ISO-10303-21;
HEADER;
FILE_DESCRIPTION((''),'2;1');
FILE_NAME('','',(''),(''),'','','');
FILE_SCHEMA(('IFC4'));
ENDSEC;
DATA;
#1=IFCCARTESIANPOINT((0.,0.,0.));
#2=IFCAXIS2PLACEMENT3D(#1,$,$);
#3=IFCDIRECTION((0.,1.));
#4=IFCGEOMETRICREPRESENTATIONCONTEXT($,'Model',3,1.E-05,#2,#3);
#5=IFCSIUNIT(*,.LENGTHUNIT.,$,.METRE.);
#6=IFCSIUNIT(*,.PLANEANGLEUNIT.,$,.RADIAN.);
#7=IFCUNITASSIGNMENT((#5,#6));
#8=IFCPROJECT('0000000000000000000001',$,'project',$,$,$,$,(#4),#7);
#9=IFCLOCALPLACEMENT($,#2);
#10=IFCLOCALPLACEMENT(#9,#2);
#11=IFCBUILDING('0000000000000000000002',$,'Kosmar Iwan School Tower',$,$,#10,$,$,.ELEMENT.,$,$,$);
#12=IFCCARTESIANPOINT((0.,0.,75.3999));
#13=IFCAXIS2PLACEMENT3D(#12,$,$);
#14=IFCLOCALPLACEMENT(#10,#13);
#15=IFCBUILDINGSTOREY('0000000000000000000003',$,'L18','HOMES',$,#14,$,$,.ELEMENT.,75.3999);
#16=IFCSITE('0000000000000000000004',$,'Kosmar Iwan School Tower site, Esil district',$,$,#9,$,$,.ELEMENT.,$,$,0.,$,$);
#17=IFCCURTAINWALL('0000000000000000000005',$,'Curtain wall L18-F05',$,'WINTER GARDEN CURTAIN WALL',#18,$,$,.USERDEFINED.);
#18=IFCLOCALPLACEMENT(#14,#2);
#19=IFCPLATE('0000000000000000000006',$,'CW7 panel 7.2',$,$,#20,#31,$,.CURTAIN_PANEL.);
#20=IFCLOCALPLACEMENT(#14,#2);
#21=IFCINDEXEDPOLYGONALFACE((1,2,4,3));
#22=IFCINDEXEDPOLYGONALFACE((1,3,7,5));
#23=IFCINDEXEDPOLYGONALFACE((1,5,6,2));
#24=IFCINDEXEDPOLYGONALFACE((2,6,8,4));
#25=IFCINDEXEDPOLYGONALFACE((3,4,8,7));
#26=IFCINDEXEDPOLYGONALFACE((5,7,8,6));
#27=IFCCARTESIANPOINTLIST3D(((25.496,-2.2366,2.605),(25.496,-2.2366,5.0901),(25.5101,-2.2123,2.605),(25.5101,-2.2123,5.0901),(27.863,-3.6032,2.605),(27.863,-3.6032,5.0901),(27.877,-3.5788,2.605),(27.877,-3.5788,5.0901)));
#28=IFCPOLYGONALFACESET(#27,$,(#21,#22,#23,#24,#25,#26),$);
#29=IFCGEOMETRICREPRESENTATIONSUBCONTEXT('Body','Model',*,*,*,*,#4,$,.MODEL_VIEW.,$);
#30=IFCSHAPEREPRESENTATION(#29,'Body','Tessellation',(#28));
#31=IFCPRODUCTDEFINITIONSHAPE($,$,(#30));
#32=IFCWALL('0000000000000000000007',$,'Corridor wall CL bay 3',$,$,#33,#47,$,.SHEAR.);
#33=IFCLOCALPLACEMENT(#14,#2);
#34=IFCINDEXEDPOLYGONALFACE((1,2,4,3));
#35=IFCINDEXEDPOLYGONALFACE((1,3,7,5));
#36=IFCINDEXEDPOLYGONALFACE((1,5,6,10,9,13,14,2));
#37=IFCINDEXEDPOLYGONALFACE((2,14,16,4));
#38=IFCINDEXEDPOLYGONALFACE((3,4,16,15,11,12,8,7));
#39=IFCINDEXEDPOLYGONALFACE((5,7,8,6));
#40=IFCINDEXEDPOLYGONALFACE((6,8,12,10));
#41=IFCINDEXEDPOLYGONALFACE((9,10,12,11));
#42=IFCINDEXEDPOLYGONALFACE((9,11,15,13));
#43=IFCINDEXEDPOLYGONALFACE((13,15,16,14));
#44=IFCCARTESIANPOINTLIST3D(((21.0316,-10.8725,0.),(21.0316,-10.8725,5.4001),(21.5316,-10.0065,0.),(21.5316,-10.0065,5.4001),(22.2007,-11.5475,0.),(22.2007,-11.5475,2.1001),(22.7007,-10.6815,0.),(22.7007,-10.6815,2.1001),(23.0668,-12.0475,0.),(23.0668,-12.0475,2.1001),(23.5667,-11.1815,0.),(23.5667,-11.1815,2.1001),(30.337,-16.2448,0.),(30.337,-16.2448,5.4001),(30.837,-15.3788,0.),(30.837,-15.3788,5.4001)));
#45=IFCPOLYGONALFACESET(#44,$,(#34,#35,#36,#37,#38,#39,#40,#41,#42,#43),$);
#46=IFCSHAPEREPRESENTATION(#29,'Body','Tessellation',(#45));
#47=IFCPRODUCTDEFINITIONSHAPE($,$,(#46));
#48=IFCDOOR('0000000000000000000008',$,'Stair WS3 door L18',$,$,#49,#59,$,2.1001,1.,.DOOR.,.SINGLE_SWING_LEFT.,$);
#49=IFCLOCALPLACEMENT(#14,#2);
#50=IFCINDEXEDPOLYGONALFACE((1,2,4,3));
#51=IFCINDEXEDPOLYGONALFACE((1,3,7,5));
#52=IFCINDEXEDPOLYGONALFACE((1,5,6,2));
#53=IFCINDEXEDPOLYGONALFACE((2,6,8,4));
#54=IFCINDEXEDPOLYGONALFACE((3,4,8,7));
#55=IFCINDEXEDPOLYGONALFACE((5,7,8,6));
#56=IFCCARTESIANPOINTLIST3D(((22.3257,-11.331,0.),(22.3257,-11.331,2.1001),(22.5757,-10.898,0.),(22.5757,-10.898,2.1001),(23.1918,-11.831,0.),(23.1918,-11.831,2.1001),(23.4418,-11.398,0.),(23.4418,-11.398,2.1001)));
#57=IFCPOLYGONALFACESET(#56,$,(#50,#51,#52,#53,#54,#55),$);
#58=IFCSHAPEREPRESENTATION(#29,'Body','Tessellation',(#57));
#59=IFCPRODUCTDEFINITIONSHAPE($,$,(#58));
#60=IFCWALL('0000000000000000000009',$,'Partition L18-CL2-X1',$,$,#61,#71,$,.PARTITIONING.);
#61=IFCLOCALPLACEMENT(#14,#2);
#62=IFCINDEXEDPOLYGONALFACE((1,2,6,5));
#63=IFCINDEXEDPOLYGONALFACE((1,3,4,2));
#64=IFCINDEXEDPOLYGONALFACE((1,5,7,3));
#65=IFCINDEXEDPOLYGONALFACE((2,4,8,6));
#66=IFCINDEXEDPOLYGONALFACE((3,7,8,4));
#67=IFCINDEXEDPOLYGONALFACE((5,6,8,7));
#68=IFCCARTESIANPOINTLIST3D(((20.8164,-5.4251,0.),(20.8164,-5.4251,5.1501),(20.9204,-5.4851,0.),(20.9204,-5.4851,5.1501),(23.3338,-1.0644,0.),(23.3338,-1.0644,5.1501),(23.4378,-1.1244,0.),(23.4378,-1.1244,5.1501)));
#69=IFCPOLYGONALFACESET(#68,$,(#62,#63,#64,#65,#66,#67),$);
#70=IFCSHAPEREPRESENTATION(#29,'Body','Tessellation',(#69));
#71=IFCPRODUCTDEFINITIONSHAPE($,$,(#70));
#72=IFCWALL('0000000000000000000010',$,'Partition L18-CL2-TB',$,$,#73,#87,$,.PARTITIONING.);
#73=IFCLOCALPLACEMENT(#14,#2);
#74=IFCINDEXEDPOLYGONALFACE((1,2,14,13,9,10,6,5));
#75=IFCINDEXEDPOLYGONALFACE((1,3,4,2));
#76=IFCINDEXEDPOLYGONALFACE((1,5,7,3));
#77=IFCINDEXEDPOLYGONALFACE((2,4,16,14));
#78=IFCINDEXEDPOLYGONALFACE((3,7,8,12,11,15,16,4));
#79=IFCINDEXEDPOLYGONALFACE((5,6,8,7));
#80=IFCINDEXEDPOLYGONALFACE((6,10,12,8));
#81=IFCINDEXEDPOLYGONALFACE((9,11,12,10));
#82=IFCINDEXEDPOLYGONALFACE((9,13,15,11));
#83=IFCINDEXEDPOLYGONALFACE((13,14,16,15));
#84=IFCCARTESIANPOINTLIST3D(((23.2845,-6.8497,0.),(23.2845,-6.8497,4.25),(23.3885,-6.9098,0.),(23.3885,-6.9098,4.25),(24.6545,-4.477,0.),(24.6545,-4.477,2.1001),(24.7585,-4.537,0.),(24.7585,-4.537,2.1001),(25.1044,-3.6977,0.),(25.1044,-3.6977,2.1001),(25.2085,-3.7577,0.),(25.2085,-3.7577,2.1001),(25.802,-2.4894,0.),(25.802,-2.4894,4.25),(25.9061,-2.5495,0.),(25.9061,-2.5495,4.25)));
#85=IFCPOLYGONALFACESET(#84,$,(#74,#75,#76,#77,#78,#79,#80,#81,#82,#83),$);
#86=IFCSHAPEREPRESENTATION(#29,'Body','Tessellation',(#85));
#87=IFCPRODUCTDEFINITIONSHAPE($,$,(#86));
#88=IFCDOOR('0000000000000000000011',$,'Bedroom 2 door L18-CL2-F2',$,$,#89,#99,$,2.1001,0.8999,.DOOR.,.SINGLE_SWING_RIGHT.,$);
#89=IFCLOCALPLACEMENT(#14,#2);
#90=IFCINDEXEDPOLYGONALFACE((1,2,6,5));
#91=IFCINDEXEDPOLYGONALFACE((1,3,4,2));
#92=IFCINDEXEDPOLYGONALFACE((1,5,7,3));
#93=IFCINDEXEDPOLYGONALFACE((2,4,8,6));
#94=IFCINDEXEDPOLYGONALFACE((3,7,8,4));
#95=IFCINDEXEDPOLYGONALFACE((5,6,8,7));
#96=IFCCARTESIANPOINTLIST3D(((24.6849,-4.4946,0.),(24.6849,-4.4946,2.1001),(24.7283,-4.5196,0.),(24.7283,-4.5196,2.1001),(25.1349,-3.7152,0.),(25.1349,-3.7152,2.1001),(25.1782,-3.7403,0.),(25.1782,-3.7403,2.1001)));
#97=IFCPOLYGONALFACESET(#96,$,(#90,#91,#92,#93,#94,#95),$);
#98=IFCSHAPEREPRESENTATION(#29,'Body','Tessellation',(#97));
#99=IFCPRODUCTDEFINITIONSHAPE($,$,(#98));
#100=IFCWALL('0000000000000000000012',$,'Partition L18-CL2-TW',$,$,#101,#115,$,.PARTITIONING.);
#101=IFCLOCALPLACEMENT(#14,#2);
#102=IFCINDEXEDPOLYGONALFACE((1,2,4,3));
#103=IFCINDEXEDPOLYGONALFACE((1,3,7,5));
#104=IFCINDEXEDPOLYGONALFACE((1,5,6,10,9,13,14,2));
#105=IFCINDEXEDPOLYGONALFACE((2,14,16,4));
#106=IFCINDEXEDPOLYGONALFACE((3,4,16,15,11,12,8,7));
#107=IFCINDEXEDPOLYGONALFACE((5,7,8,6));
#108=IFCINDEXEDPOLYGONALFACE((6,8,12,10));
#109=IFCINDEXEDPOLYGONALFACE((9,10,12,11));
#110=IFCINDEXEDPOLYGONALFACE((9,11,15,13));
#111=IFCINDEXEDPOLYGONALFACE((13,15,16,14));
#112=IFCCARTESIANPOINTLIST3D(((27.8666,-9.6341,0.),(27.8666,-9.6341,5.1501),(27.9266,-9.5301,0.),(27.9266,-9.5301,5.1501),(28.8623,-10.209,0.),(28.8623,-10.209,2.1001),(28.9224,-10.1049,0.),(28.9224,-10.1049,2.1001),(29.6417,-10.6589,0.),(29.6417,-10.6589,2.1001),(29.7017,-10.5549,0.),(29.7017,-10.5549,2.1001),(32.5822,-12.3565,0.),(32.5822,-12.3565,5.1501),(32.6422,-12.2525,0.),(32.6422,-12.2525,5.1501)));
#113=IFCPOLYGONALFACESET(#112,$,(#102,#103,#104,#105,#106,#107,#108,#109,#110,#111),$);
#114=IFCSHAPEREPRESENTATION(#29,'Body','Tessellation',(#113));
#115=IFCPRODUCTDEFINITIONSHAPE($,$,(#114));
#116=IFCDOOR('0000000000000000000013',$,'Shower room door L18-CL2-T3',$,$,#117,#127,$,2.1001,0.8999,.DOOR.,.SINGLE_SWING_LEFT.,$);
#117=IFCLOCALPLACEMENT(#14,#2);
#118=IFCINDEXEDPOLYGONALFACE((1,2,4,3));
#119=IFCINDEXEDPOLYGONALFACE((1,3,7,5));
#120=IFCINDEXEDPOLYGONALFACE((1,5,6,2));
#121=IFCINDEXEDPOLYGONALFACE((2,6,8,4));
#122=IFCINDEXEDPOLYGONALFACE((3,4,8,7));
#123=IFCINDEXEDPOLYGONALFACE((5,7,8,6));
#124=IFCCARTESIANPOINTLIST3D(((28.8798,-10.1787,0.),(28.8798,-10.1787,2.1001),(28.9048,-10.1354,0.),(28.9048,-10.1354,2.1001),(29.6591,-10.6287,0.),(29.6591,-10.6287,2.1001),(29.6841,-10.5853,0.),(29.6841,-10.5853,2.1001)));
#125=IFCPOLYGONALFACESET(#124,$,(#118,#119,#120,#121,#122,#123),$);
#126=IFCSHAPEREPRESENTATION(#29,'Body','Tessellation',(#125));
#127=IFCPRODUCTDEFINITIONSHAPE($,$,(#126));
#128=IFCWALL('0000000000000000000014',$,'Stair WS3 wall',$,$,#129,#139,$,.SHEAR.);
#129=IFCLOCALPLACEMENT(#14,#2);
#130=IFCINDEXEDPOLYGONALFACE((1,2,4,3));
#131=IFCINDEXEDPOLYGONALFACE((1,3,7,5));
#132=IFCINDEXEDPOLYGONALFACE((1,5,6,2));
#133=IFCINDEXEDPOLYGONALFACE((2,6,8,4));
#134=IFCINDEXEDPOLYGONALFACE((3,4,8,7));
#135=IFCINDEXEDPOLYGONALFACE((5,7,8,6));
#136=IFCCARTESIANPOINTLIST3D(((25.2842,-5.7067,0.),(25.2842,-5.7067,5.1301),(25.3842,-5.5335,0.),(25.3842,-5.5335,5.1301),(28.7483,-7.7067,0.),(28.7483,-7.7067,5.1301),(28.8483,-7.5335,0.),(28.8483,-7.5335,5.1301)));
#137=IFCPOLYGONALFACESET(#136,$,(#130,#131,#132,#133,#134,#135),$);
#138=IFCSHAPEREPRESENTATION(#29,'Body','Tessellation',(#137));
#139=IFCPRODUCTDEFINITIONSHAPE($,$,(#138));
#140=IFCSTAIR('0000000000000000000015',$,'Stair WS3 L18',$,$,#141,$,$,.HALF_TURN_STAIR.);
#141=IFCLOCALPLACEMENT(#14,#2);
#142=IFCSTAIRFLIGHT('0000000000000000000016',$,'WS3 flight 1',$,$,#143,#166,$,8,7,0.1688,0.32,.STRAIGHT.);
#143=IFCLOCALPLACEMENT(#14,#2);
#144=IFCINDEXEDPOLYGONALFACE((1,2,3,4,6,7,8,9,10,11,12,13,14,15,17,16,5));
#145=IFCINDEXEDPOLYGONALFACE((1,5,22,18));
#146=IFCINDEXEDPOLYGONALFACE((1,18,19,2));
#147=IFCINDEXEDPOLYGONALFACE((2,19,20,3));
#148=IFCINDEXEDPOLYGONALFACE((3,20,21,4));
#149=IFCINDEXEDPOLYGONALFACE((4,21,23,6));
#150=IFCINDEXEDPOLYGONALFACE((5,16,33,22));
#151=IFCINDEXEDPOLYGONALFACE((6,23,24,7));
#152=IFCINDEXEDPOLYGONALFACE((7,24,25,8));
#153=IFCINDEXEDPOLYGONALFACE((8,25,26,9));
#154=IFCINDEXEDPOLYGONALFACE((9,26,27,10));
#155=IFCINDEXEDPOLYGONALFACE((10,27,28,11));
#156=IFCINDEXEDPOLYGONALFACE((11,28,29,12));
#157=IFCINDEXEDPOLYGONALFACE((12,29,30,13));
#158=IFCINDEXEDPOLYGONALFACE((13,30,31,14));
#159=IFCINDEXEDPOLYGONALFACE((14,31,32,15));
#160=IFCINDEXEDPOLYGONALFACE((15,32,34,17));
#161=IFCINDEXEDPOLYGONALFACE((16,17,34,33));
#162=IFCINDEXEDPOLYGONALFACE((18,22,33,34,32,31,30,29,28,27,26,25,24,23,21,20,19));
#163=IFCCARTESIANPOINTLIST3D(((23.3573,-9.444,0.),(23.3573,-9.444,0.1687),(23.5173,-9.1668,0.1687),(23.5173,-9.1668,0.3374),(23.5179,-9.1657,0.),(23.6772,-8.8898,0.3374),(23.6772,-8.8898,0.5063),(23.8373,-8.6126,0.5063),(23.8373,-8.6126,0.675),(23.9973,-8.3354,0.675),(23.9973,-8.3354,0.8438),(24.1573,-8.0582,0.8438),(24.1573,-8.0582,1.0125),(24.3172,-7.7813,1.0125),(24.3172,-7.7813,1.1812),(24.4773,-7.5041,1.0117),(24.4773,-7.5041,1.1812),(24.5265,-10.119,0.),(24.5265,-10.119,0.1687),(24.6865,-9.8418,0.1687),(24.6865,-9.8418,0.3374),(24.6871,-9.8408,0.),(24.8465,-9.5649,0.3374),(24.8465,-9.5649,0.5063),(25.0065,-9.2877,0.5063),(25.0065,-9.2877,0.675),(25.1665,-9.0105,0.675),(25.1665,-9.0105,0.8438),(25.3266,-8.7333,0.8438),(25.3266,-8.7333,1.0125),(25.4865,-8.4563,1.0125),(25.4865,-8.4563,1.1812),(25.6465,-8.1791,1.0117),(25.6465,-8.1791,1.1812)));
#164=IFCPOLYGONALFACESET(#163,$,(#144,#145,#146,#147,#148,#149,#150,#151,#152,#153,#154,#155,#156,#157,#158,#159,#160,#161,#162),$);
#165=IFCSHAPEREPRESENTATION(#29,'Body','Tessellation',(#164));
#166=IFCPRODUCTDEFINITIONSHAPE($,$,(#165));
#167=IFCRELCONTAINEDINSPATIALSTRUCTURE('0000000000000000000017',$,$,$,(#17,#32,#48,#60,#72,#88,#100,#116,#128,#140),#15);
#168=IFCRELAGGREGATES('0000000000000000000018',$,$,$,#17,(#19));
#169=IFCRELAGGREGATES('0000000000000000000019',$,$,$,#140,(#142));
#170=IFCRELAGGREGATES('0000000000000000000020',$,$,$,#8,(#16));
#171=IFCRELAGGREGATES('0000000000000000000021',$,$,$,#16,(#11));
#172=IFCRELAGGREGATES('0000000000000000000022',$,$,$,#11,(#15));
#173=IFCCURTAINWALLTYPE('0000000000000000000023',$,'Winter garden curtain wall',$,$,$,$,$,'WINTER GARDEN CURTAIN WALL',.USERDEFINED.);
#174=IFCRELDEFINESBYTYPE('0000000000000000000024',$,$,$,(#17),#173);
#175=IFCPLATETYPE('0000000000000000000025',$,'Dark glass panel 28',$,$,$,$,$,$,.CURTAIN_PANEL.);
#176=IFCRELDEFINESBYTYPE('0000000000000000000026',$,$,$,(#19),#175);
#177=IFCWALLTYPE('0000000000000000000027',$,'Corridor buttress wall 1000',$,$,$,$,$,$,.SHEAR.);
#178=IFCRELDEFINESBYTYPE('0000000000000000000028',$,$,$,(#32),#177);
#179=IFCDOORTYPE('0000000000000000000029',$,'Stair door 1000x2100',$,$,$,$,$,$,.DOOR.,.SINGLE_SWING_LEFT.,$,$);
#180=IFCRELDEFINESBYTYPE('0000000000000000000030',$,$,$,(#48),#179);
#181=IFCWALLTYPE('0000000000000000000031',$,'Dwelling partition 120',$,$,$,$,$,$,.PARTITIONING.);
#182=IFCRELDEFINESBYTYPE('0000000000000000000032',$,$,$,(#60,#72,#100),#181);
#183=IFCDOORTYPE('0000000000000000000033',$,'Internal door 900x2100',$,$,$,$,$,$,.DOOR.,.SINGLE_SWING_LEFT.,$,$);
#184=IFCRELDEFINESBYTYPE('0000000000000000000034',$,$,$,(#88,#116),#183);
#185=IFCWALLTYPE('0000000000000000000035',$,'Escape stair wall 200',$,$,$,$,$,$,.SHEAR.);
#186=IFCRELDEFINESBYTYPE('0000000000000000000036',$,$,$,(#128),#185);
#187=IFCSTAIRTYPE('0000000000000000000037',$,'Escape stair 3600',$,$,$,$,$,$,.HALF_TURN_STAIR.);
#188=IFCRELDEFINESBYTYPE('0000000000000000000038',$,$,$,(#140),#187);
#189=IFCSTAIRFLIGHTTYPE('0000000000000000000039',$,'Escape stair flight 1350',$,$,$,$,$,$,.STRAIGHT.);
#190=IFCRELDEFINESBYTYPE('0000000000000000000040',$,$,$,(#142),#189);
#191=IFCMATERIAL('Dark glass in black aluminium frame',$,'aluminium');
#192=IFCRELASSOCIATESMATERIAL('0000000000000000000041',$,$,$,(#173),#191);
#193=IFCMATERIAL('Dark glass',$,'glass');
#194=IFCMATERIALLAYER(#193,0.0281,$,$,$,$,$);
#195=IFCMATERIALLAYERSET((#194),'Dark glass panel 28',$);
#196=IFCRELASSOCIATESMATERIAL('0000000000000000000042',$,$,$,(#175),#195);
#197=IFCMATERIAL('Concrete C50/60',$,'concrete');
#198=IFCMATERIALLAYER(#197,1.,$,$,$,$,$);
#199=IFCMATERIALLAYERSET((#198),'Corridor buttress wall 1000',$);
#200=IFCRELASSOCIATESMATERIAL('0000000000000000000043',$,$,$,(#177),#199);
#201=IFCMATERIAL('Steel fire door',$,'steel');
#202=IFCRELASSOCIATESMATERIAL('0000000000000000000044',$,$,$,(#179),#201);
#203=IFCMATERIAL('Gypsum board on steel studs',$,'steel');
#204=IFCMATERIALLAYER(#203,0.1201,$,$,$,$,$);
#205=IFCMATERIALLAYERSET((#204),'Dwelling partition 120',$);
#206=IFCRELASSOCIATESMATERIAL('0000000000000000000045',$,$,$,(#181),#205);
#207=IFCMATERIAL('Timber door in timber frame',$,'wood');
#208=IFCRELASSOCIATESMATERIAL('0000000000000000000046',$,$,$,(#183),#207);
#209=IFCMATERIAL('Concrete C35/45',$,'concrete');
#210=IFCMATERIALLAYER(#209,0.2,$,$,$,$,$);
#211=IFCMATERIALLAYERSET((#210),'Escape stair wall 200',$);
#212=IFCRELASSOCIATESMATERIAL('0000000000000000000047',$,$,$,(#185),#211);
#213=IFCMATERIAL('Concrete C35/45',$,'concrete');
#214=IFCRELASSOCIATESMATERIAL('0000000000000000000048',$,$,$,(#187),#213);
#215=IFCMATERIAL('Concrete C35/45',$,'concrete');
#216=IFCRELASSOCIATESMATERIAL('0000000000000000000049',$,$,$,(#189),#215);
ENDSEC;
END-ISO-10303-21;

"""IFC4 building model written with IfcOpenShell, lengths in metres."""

from ifc_helpers import new_model, si_unit, direction, frame, frame_2d, origin, origin_2d, place, context, subcontext, project, spatial, polyline, rectangle, outline, extrude, material, layer, layer_set, type_object, element, fill, aggregate, save


model = new_model("IFC4")

# Units and contexts
model_context = context("Model", 3, precision=1e-05, world=origin(), true_north=direction((0.0, 1.0)))
body_context = subcontext(model_context, "Body", "Model", "MODEL_VIEW")
ifc_project = project(units=[si_unit("LENGTHUNIT", "METRE"), si_unit("PLANEANGLEUNIT", "RADIAN")], contexts=[model_context])

# Site, building, storey
site_placement = place(None, origin())
site = spatial("IfcSite", under=ifc_project, at=site_placement, Name="Kosmar Iwan School Tower site, Esil district", CompositionType="ELEMENT", RefElevation=0.0)
building_placement = place(site_placement, origin())
building = spatial("IfcBuilding", under=site, at=building_placement, Name="Kosmar Iwan School Tower", CompositionType="ELEMENT")
storey_placement = place(building_placement, frame((0.0, 0.0, 75.3999)))
storey = spatial("IfcBuildingStorey", under=building, at=storey_placement, Name="L18", Description="HOMES", CompositionType="ELEMENT", Elevation=75.3999)

# Curtain wall
ifc_material_1 = material(Name="Dark glass in black aluminium frame", Category="aluminium")
curtain_wall_type = type_object("IfcCurtainWallType", Name="Winter garden curtain wall", ElementType="WINTER GARDEN CURTAIN WALL", PredefinedType="USERDEFINED", material=ifc_material_1)
curtain_wall_placement = place(storey_placement, origin())
curtain_wall = element("IfcCurtainWall", 1, at=curtain_wall_placement, inside=storey, type_object=curtain_wall_type, Name="Curtain wall L18-F05", ObjectType="WINTER GARDEN CURTAIN WALL", PredefinedType="USERDEFINED")

# Plate
ifc_material_2 = material(Name="Dark glass", Category="glass")
ifc_layer_1 = layer(ifc_material_2, 0.0281)
ifc_layer_set_1 = layer_set([ifc_layer_1], Name="Dark glass panel 28")
plate_type = type_object("IfcPlateType", Name="Dark glass panel 28", PredefinedType="CURTAIN_PANEL", material=ifc_layer_set_1)
plate_1_placement = place(storey_placement, frame((26.6865, -2.9077, 2.605), z_axis=(0.0, 0.0, 1.0), x_axis=(0.866025, -0.5, 0.0)))
plate_1 = element("IfcPlate", 2, at=plate_1_placement, type_object=plate_type, Name="CW7 panel 7.2", PredefinedType="CURTAIN_PANEL", context=body_context, shape_type="SweptSolid", body=[
    extrude(rectangle(XDim=2.7332, YDim=0.0281, at=origin_2d()), origin(), (0.0, 0.0, 1.0), 2.4851),
])
aggregate(curtain_wall, [plate_1])

# Wall, opening, door
ifc_material_3 = material(Name="Concrete C50/60", Category="concrete")
ifc_layer_2 = layer(ifc_material_3, 1.0)
ifc_layer_set_2 = layer_set([ifc_layer_2], Name="Corridor buttress wall 1000")
wall_type_1 = type_object("IfcWallType", Name="Corridor buttress wall 1000", PredefinedType="SHEAR", material=ifc_layer_set_2)
wall_1_placement = place(storey_placement, frame((21.2815, -10.4395, 0.0), z_axis=(0.0, 0.0, 1.0), x_axis=(0.866032, -0.499988, 0.0)))
wall_1 = element("IfcWall", 3, at=wall_1_placement, inside=storey, type_object=wall_type_1, Name="Corridor wall CL bay 3", PredefinedType="SHEAR", context=body_context, shape_type="SweptSolid", body=[
    extrude(rectangle(XDim=10.7449, YDim=1.0, at=frame_2d((5.3726, 0.0))), origin(), (0.0, 0.0, 1.0), 5.4001),
])
opening_1_placement = place(wall_1_placement, frame((1.3501, 0.0, 0.0)))
opening_1 = element("IfcOpeningElement", 4, at=opening_1_placement, cuts=wall_1, PredefinedType="OPENING", context=body_context, shape_type="SweptSolid", body=[
    extrude(rectangle(XDim=1.0, YDim=2.1001, at=frame_2d((0.5, 1.05))), frame((0.0, 0.512, 0.0), z_axis=(0.0, -1.0, 0.0), x_axis=(1.0, 0.0, 0.0)), (0.0, 0.0, 1.0), 1.0239),
])
ifc_material_4 = material(Name="Steel fire door", Category="steel")
door_type_1 = type_object("IfcDoorType", Name="Stair door 1000x2100", OperationType="SINGLE_SWING_LEFT", PredefinedType="DOOR", material=ifc_material_4)
door_1_placement = place(opening_1_placement, origin())
door_1 = element("IfcDoor", 5, at=door_1_placement, inside=storey, type_object=door_type_1, Name="Stair WS3 door L18", OperationType="SINGLE_SWING_LEFT", OverallHeight=2.1001, OverallWidth=1.0, PredefinedType="DOOR", context=body_context, shape_type="SweptSolid", body=[
    extrude(rectangle(XDim=1.0, YDim=2.1001, at=frame_2d((0.5, 1.05))), frame((0.0, 0.25, 0.0), z_axis=(0.0, -1.0, 0.0), x_axis=(1.0, 0.0, 0.0)), (0.0, 0.0, 1.0), 0.5),
])
fill(opening_1, door_1)

# Wall
ifc_material_5 = material(Name="Gypsum board on steel studs", Category="steel")
ifc_layer_3 = layer(ifc_material_5, 0.1201)
ifc_layer_set_3 = layer_set([ifc_layer_3], Name="Dwelling partition 120")
wall_type_2 = type_object("IfcWallType", Name="Dwelling partition 120", PredefinedType="PARTITIONING", material=ifc_layer_set_3)
wall_2_placement = place(storey_placement, frame((20.8684, -5.4551, 0.0), z_axis=(0.0, 0.0, 1.0), x_axis=(0.499962, 0.866048, 0.0)))
element("IfcWall", 6, at=wall_2_placement, inside=storey, type_object=wall_type_2, Name="Partition L18-CL2-X1", PredefinedType="PARTITIONING", context=body_context, shape_type="SweptSolid", body=[
    extrude(rectangle(XDim=5.0352, YDim=0.1201, at=frame_2d((2.5176, 0.0))), origin(), (0.0, 0.0, 1.0), 5.1501),
])

# Walls, openings, doors
wall_3_placement = place(storey_placement, frame((23.3364, -6.8799, 0.0), z_axis=(0.0, 0.0, 1.0), x_axis=(0.500019, 0.866014, 0.0)))
wall_3 = element("IfcWall", 7, at=wall_3_placement, inside=storey, type_object=wall_type_2, Name="Partition L18-CL2-TB", PredefinedType="PARTITIONING", context=body_context, shape_type="SweptSolid", body=[
    extrude(rectangle(XDim=5.0349, YDim=0.1201, at=frame_2d((2.5176, 0.0))), origin(), (0.0, 0.0, 1.0), 4.25),
])
opening_2_placement = place(wall_3_placement, frame((2.74, 0.0, 0.0)))
opening_2 = element("IfcOpeningElement", 8, at=opening_2_placement, cuts=wall_3, PredefinedType="OPENING", context=body_context, shape_type="SweptSolid", body=[
    extrude(rectangle(XDim=0.8999, YDim=2.1001, at=frame_2d((0.45, 1.05))), frame((0.0, 0.072, 0.0), z_axis=(0.0, -1.0, 0.0), x_axis=(1.0, 0.0, 0.0)), (0.0, 0.0, 1.0), 0.144),
])
ifc_material_6 = material(Name="Timber door in timber frame", Category="wood")
door_type_2 = type_object("IfcDoorType", Name="Internal door 900x2100", OperationType="SINGLE_SWING_LEFT", PredefinedType="DOOR", material=ifc_material_6)
door_2_placement = place(opening_2_placement, origin())
door_2 = element("IfcDoor", 9, at=door_2_placement, inside=storey, type_object=door_type_2, Name="Bedroom 2 door L18-CL2-F2", OperationType="SINGLE_SWING_RIGHT", OverallHeight=2.1001, OverallWidth=0.8999, PredefinedType="DOOR", context=body_context, shape_type="SweptSolid", body=[
    extrude(rectangle(XDim=0.8999, YDim=2.1001, at=frame_2d((0.45, 1.05))), frame((0.0, 0.0249, 0.0), z_axis=(0.0, -1.0, 0.0), x_axis=(1.0, 0.0, 0.0)), (0.0, 0.0, 1.0), 0.05),
])
fill(opening_2, door_2)
wall_4_placement = place(storey_placement, frame((27.8965, -9.582, 0.0), z_axis=(0.0, 0.0, 1.0), x_axis=(0.866036, -0.499982, 0.0)))
wall_4 = element("IfcWall", 10, at=wall_4_placement, inside=storey, type_object=wall_type_2, Name="Partition L18-CL2-TW", PredefinedType="PARTITIONING", context=body_context, shape_type="SweptSolid", body=[
    extrude(rectangle(XDim=5.4451, YDim=0.1201, at=frame_2d((2.7227, 0.0))), origin(), (0.0, 0.0, 1.0), 5.1501),
])
opening_3_placement = place(wall_4_placement, frame((1.1499, 0.0, 0.0)))
opening_3 = element("IfcOpeningElement", 11, at=opening_3_placement, cuts=wall_4, PredefinedType="OPENING", context=body_context, shape_type="SweptSolid", body=[
    extrude(rectangle(XDim=0.8999, YDim=2.1001, at=frame_2d((0.45, 1.05))), frame((0.0, 0.072, 0.0), z_axis=(0.0, -1.0, 0.0), x_axis=(1.0, 0.0, 0.0)), (0.0, 0.0, 1.0), 0.144),
])
door_3_placement = place(opening_3_placement, origin())
door_3 = element("IfcDoor", 12, at=door_3_placement, inside=storey, type_object=door_type_2, Name="Shower room door L18-CL2-T3", OperationType="SINGLE_SWING_LEFT", OverallHeight=2.1001, OverallWidth=0.8999, PredefinedType="DOOR", context=body_context, shape_type="SweptSolid", body=[
    extrude(rectangle(XDim=0.8999, YDim=2.1001, at=frame_2d((0.45, 1.05))), frame((0.0, 0.0249, 0.0), z_axis=(0.0, -1.0, 0.0), x_axis=(1.0, 0.0, 0.0)), (0.0, 0.0, 1.0), 0.05),
])
fill(opening_3, door_3)

# Wall
ifc_material_7 = material(Name="Concrete C35/45", Category="concrete")
ifc_layer_4 = layer(ifc_material_7, 0.2)
ifc_layer_set_4 = layer_set([ifc_layer_4], Name="Escape stair wall 200")
wall_type_3 = type_object("IfcWallType", Name="Escape stair wall 200", PredefinedType="SHEAR", material=ifc_layer_set_4)
wall_5_placement = place(storey_placement, frame((25.3342, -5.6201, 0.0), z_axis=(0.0, 0.0, 1.0), x_axis=(0.866026, -0.499999, 0.0)))
element("IfcWall", 13, at=wall_5_placement, inside=storey, type_object=wall_type_3, Name="Stair WS3 wall", PredefinedType="SHEAR", context=body_context, shape_type="SweptSolid", body=[
    extrude(rectangle(XDim=4.0, YDim=0.2, at=frame_2d((2.0, 0.0))), origin(), (0.0, 0.0, 1.0), 5.1301),
])

# Stair, stair flight
ifc_material_8 = material(Name="Concrete C35/45", Category="concrete")
stair_type = type_object("IfcStairType", Name="Escape stair 3600", PredefinedType="HALF_TURN_STAIR", material=ifc_material_8)
stair_placement = place(storey_placement, origin())
stair = element("IfcStair", 14, at=stair_placement, inside=storey, type_object=stair_type, Name="Stair WS3 L18", PredefinedType="HALF_TURN_STAIR")
ifc_material_9 = material(Name="Concrete C35/45", Category="concrete")
stair_flight_type = type_object("IfcStairFlightType", Name="Escape stair flight 1350", PredefinedType="STRAIGHT", material=ifc_material_9)
stair_flight_1_placement = place(storey_placement, frame((23.9419, -9.7815, 0.0), z_axis=(0.0, 0.0, 1.0), x_axis=(0.5, 0.866025, 0.0)))
stair_flight_1 = element("IfcStairFlight", 15, at=stair_flight_1_placement, type_object=stair_flight_type, Name="WS3 flight 1", NumberOfRisers=8, NumberOfTreads=7, PredefinedType="STRAIGHT", RiserHeight=0.1688, TreadLength=0.32, context=body_context, shape_type="SweptSolid", body=[
    extrude(outline(polyline([(0.0, 0.0), (0.0, 0.1687), (0.3201, 0.1687), (0.3201, 0.3374), (0.6399, 0.3374), (0.6399, 0.5063), (0.96, 0.5063), (0.96, 0.675), (1.28, 0.675), (1.28, 0.8438), (1.6001, 0.8438), (1.6001, 1.0125), (1.9199, 1.0125), (1.9199, 1.1812), (2.24, 1.1812), (2.24, 1.3501), (2.24, 1.0117), (0.3213, 0.0), (0.0, 0.0)])), frame((0.0, 0.675, 0.0), z_axis=(0.0, -1.0, 0.0), x_axis=(1.0, 0.0, 0.0)), (0.0, 0.0, 1.0), 1.3501),
])
aggregate(stair, [stair_flight_1])

save(model, "model.ifc")
